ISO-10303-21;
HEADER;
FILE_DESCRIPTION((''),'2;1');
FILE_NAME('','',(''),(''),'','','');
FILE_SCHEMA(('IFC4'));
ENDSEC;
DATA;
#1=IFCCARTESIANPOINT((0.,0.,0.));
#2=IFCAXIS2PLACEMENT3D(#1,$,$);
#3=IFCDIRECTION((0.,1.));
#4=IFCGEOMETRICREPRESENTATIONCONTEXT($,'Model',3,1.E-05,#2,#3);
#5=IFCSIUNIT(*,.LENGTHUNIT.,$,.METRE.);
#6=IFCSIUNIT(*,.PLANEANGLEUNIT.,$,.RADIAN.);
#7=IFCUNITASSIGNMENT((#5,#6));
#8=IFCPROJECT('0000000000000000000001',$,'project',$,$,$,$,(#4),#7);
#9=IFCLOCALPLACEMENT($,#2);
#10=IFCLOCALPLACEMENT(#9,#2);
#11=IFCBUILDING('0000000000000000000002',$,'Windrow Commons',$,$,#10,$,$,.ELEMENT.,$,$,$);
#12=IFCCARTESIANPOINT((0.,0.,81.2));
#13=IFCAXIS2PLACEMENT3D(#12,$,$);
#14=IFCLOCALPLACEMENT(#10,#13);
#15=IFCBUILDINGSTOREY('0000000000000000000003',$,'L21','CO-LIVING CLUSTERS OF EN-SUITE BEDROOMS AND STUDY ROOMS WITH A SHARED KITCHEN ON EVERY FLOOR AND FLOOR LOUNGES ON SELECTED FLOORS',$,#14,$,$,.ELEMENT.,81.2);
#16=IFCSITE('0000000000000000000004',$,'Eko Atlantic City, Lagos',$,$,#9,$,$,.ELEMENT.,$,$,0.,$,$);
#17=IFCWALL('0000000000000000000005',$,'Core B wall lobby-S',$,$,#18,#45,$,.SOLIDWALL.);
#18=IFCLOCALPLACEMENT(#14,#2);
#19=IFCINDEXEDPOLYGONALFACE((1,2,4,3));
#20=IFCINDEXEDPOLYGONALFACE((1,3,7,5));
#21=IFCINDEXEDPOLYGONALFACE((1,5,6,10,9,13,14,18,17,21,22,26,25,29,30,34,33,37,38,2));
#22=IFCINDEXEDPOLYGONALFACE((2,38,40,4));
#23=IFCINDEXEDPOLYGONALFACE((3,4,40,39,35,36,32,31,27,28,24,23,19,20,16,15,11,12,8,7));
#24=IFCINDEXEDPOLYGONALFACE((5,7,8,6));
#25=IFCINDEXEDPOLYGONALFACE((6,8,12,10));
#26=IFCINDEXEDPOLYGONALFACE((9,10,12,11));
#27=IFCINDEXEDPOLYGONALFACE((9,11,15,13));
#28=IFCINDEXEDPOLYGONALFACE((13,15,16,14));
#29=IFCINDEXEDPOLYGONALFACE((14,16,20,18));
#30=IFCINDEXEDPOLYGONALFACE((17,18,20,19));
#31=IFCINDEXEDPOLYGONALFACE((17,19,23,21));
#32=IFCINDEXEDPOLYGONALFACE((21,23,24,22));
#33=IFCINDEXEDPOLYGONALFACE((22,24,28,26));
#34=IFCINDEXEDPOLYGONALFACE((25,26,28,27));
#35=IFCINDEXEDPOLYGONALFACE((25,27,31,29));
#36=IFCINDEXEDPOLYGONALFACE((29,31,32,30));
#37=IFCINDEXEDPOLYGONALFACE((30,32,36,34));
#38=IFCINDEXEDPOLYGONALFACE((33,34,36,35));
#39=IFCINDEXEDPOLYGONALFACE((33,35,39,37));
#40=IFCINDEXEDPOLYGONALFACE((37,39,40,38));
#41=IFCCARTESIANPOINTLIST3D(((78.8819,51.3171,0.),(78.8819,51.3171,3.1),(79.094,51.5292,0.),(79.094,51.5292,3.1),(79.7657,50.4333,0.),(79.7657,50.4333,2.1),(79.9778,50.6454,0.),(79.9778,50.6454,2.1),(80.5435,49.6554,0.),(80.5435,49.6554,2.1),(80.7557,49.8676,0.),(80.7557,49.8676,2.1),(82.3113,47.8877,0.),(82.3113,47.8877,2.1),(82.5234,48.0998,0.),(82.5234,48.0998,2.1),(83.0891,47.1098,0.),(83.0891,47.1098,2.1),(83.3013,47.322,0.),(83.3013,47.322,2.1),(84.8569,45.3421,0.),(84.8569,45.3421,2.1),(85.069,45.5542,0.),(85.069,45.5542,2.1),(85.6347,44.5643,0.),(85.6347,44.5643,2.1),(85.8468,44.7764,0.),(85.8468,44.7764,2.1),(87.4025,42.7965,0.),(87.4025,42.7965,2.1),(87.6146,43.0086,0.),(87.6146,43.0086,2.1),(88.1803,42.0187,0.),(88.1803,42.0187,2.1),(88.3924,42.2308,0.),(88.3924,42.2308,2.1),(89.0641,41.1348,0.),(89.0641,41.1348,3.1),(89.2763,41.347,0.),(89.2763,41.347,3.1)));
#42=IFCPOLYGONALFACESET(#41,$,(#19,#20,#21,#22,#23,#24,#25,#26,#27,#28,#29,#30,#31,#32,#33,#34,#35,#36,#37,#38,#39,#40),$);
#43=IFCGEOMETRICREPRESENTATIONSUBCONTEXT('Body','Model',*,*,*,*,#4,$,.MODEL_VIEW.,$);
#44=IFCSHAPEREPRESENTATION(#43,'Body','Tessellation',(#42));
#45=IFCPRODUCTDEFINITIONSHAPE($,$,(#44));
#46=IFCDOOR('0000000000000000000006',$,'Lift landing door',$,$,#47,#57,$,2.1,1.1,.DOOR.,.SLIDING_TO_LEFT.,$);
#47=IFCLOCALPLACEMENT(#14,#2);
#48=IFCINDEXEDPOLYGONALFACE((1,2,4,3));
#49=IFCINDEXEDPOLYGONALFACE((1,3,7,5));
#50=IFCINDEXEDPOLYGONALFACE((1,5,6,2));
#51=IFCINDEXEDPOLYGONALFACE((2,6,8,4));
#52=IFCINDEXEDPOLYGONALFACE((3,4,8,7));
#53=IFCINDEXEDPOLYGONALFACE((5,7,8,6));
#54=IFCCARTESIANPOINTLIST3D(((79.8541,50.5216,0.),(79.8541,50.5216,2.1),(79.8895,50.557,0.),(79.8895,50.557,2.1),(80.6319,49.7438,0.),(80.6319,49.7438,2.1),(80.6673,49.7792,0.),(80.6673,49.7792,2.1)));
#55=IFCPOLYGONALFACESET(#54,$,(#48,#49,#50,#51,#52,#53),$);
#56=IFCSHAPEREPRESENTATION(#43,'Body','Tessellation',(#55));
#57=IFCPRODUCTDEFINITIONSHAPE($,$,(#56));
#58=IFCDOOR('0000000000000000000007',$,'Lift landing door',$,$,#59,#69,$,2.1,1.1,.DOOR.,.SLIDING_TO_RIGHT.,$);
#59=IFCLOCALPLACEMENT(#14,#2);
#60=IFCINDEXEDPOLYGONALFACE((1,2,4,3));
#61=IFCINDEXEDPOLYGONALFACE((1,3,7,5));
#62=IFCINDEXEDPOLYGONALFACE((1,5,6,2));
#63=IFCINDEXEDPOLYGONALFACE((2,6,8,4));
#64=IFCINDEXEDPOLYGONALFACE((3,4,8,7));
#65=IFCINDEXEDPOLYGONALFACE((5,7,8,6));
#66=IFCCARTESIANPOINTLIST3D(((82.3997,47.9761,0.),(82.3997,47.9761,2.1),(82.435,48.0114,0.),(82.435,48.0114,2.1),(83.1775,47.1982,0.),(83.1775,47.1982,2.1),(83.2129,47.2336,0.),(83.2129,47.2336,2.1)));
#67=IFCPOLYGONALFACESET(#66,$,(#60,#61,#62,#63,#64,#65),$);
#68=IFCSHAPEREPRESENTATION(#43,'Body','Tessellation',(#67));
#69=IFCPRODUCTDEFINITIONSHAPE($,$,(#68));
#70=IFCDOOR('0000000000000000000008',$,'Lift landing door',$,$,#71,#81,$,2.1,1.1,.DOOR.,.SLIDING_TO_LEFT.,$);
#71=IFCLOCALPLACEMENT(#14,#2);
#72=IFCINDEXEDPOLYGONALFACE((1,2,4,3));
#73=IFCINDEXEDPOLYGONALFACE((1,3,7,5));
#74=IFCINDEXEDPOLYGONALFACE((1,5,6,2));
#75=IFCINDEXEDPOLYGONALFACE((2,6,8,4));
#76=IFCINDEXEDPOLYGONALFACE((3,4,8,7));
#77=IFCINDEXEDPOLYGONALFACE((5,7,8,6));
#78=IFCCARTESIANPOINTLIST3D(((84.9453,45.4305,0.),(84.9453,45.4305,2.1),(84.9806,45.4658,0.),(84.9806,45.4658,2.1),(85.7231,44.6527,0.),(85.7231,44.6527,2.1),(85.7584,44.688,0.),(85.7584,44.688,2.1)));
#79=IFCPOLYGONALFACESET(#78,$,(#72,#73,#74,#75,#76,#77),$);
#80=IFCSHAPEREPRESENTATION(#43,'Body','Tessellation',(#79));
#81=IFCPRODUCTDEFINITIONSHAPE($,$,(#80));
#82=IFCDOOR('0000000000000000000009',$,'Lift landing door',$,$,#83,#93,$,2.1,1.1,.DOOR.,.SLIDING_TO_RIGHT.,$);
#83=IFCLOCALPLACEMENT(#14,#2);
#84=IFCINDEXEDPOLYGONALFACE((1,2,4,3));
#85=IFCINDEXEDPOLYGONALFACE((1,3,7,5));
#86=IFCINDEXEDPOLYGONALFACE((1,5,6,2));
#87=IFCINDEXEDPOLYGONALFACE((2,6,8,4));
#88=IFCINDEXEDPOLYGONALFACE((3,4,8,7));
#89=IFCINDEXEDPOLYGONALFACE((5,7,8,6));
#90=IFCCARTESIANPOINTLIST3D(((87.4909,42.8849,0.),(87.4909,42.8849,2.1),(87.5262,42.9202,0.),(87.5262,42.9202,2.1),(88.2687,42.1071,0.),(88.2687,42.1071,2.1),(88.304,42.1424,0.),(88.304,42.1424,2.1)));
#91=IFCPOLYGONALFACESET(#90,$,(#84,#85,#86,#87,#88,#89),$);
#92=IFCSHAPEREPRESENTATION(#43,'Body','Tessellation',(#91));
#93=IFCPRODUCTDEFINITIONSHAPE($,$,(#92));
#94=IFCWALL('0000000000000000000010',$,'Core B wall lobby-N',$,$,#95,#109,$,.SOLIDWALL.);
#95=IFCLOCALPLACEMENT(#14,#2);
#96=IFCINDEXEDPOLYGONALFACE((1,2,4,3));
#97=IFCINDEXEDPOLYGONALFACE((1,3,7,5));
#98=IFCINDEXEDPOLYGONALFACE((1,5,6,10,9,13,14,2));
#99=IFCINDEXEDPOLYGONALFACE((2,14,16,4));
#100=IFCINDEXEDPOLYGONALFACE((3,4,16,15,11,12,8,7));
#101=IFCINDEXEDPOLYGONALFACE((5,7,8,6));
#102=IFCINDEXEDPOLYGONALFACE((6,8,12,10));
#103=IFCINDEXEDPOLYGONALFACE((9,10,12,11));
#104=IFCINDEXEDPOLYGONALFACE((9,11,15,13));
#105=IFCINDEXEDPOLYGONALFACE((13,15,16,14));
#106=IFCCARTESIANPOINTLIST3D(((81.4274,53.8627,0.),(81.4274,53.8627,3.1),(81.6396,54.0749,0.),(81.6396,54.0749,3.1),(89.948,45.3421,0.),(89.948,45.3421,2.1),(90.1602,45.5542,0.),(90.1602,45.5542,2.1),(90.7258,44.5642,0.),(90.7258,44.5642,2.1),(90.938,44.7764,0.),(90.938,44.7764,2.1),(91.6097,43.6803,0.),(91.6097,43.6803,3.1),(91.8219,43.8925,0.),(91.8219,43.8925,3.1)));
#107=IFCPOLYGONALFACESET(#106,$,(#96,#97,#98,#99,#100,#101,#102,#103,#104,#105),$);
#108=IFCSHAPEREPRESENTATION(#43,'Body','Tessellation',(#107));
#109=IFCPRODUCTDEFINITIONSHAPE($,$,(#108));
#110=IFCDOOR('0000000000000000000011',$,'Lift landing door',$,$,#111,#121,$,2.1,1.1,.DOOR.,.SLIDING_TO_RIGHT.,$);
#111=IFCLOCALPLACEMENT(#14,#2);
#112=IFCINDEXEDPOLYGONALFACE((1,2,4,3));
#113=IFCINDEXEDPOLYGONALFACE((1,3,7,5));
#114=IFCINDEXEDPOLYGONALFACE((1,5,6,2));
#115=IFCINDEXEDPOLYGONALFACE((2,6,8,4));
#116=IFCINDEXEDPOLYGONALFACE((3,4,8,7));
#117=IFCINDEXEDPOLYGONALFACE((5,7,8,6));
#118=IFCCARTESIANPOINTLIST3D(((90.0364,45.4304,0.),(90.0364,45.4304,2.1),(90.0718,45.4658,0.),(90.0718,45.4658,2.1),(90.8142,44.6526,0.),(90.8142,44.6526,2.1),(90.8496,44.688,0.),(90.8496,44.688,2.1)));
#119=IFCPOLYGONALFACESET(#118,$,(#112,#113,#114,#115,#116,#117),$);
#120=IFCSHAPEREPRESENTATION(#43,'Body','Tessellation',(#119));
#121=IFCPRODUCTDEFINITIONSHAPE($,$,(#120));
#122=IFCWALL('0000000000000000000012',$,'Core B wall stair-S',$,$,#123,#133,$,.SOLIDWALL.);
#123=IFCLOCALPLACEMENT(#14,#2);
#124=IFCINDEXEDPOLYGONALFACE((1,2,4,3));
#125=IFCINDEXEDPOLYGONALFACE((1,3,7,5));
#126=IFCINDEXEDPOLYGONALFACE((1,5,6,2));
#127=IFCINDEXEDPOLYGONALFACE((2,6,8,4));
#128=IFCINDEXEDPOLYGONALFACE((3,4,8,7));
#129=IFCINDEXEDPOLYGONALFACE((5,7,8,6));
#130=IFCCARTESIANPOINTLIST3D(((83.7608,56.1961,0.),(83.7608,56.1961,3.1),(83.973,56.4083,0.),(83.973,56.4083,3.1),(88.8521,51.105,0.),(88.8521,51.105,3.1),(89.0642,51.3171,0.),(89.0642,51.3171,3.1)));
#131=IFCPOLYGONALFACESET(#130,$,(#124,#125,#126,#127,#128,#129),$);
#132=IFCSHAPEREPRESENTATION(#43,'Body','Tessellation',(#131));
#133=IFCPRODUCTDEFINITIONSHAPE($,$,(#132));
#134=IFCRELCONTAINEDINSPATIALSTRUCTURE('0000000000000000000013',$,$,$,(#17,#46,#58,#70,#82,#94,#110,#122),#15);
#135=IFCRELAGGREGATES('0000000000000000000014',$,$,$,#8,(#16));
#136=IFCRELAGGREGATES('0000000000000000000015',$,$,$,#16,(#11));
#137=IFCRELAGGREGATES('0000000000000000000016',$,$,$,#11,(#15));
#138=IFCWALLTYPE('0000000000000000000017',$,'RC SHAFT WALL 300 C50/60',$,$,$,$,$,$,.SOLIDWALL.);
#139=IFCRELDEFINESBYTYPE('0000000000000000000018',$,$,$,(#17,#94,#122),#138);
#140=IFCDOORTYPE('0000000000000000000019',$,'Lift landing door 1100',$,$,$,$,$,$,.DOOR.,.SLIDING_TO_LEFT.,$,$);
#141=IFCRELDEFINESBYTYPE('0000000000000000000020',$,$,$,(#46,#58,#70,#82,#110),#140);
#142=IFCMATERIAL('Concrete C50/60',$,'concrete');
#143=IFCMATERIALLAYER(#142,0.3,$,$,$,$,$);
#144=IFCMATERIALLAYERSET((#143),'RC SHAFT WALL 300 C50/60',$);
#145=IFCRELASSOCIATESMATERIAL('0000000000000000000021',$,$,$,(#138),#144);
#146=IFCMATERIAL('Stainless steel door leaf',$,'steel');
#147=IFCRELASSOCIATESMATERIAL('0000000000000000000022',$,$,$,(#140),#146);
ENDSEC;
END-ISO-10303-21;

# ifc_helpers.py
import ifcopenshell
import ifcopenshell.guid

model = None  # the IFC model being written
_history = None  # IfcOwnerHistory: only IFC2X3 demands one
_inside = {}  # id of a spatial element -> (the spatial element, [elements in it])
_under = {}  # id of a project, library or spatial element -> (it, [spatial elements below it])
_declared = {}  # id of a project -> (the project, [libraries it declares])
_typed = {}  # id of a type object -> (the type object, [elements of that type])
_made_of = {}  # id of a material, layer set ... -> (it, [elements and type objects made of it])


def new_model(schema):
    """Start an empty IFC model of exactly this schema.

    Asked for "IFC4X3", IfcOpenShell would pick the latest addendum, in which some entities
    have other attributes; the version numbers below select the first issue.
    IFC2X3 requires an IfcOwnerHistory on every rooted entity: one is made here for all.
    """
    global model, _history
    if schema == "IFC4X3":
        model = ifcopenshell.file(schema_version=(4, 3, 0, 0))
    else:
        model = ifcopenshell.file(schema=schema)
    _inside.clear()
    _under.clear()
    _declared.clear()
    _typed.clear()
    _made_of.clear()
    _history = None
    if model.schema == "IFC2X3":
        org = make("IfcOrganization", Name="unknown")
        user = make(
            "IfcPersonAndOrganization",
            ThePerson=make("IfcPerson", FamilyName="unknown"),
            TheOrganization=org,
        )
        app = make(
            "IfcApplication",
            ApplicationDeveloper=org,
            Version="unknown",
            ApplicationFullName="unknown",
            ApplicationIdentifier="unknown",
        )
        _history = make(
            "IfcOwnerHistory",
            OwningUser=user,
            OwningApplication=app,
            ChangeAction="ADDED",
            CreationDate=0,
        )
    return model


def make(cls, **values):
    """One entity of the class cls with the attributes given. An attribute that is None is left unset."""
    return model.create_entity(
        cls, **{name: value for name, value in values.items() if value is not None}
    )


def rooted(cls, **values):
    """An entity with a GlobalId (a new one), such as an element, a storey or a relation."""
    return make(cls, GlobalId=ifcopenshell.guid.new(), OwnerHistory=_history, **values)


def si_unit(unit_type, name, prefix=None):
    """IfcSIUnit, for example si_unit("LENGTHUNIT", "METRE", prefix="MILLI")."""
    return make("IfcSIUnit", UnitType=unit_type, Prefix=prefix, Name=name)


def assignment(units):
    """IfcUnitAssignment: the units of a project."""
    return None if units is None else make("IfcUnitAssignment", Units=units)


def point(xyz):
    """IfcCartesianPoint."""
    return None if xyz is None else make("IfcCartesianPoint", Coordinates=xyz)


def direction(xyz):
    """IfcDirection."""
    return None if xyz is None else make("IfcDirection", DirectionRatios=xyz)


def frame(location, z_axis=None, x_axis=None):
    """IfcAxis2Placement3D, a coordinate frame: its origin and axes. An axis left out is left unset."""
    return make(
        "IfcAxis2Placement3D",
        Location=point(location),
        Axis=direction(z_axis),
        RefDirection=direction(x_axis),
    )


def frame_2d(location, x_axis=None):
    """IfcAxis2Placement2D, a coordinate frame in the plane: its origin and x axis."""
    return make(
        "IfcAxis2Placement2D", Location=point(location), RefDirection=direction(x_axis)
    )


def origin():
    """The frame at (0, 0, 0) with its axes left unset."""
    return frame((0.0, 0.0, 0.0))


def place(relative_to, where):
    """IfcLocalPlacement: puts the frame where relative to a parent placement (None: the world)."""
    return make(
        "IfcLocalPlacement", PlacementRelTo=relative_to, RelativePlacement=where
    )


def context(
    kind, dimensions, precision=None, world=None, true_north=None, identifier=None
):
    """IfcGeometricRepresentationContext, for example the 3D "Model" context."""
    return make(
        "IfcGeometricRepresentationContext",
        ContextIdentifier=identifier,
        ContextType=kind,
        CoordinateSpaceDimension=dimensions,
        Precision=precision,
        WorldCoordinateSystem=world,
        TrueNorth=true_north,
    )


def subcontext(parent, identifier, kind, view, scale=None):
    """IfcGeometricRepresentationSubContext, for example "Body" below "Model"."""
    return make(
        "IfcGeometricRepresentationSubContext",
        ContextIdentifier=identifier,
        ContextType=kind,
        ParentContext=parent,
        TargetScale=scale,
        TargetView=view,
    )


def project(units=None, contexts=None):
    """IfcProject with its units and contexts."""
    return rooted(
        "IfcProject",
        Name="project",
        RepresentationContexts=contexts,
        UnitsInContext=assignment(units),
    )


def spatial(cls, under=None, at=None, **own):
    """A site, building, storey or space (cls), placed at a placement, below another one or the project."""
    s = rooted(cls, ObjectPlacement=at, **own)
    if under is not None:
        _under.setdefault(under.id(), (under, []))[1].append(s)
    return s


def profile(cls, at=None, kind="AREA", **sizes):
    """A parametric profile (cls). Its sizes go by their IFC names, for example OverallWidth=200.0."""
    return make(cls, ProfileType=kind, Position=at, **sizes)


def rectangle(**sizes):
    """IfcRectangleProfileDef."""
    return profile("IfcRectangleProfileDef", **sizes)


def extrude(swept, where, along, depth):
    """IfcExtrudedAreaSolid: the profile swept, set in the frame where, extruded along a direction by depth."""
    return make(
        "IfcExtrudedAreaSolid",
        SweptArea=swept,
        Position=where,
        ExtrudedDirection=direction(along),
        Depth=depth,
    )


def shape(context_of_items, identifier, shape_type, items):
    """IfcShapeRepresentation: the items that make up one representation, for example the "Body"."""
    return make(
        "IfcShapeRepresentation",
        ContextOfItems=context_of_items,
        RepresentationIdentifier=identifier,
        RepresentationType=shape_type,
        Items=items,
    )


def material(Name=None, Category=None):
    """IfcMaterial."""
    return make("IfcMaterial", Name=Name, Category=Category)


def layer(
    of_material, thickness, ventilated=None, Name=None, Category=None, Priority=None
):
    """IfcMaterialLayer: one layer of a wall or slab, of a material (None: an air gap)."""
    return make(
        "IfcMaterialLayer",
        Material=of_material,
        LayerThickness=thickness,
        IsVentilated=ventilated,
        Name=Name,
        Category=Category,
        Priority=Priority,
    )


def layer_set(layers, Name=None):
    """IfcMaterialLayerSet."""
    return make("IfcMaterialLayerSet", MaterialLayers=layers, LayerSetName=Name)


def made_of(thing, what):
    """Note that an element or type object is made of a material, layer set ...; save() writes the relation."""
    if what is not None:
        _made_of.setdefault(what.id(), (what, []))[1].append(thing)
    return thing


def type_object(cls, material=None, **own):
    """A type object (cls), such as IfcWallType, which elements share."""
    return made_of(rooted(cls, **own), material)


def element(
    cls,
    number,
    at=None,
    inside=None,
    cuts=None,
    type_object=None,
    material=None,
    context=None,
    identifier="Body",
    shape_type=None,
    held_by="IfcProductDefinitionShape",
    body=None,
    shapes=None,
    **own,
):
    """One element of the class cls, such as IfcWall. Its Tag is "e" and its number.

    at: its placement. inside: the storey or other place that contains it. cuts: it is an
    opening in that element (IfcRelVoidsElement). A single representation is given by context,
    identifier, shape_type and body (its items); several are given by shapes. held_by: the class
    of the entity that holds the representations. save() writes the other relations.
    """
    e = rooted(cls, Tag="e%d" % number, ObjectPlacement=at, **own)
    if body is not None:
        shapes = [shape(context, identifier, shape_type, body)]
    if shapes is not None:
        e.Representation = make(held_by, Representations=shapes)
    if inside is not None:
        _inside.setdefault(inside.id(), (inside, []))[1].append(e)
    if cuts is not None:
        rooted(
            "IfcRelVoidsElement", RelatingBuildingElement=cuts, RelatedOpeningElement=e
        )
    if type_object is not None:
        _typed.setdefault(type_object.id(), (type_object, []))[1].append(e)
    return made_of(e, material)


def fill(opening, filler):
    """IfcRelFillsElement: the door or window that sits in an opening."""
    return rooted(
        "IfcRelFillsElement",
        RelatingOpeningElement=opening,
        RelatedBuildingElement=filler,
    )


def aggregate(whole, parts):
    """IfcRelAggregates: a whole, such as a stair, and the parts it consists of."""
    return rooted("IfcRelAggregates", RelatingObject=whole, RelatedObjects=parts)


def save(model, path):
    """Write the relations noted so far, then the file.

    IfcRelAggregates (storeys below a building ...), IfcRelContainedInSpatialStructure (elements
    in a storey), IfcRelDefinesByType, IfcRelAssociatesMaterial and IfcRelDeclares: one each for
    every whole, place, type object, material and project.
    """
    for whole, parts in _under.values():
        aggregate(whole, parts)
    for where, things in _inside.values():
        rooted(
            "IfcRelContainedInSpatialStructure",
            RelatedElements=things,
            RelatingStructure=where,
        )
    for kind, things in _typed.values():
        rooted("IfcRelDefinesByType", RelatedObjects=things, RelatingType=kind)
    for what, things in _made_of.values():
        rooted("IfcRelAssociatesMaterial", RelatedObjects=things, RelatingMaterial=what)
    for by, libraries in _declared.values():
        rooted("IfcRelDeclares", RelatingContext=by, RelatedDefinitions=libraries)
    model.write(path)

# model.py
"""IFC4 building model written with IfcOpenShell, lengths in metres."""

from ifc_helpers import new_model, si_unit, direction, frame, frame_2d, origin, place, context, subcontext, project, spatial, rectangle, extrude, material, layer, layer_set, type_object, element, fill, save


model = new_model("IFC4")

# Units and contexts
model_context = context("Model", 3, precision=1e-05, world=origin(), true_north=direction((0.0, 1.0)))
body_context = subcontext(model_context, "Body", "Model", "MODEL_VIEW")
ifc_project = project(units=[si_unit("LENGTHUNIT", "METRE"), si_unit("PLANEANGLEUNIT", "RADIAN")], contexts=[model_context])

# Site, building, storey
site_placement = place(None, origin())
site = spatial("IfcSite", under=ifc_project, at=site_placement, Name="Eko Atlantic City, Lagos", CompositionType="ELEMENT", RefElevation=0.0)
building_placement = place(site_placement, origin())
building = spatial("IfcBuilding", under=site, at=building_placement, Name="Windrow Commons", CompositionType="ELEMENT")
storey_placement = place(building_placement, frame((0.0, 0.0, 81.2)))
storey = spatial("IfcBuildingStorey", under=building, at=storey_placement, Name="L21", Description="CO-LIVING CLUSTERS OF EN-SUITE BEDROOMS AND STUDY ROOMS WITH A SHARED KITCHEN ON EVERY FLOOR AND FLOOR LOUNGES ON SELECTED FLOORS", CompositionType="ELEMENT", Elevation=81.2)

# Shared definitions
ifc_material_1 = material(Name="Concrete C50/60", Category="concrete")
ifc_layer_1 = layer(ifc_material_1, 0.3)
ifc_layer_set_1 = layer_set([ifc_layer_1], Name="RC SHAFT WALL 300 C50/60")
wall_type_1 = type_object("IfcWallType", Name="RC SHAFT WALL 300 C50/60", PredefinedType="SOLIDWALL", material=ifc_layer_set_1)

# Wall, openings, doors
wall_1_placement = place(storey_placement, frame((78.9879, 51.4232, 0.0), z_axis=(0.0, 0.0, 1.0), x_axis=(0.707107, -0.707107, 0.0)))
wall_1 = element("IfcWall", 1, at=wall_1_placement, inside=storey, type_object=wall_type_1, Name="Core B wall lobby-S", PredefinedType="SOLIDWALL", context=body_context, shape_type="SweptSolid", body=[
    extrude(rectangle(XDim=14.3999, YDim=0.3, at=frame_2d((7.2, 0.0))), origin(), (0.0, 0.0, 1.0), 3.1),
])
opening_1_placement = place(wall_1_placement, frame((1.25, 0.0, 0.0)))
opening_1 = element("IfcOpeningElement", 2, at=opening_1_placement, cuts=wall_1, PredefinedType="OPENING", context=body_context, shape_type="SweptSolid", body=[
    extrude(rectangle(XDim=1.1, YDim=2.1, at=frame_2d((0.55, 1.05))), frame((0.0, 0.16, 0.0), z_axis=(0.0, -1.0, 0.0), x_axis=(1.0, 0.0, 0.0)), (0.0, 0.0, 1.0), 0.32),
])
opening_2_placement = place(wall_1_placement, frame((4.85, 0.0, 0.0)))
opening_2 = element("IfcOpeningElement", 3, at=opening_2_placement, cuts=wall_1, PredefinedType="OPENING", context=body_context, shape_type="SweptSolid", body=[
    extrude(rectangle(XDim=1.1, YDim=2.1, at=frame_2d((0.55, 1.05))), frame((0.0, 0.16, 0.0), z_axis=(0.0, -1.0, 0.0), x_axis=(1.0, 0.0, 0.0)), (0.0, 0.0, 1.0), 0.32),
])
opening_3_placement = place(wall_1_placement, frame((8.45, 0.0, 0.0)))
opening_3 = element("IfcOpeningElement", 4, at=opening_3_placement, cuts=wall_1, PredefinedType="OPENING", context=body_context, shape_type="SweptSolid", body=[
    extrude(rectangle(XDim=1.1, YDim=2.1, at=frame_2d((0.55, 1.05))), frame((0.0, 0.16, 0.0), z_axis=(0.0, -1.0, 0.0), x_axis=(1.0, 0.0, 0.0)), (0.0, 0.0, 1.0), 0.32),
])
opening_4_placement = place(wall_1_placement, frame((12.05, 0.0, 0.0)))
opening_4 = element("IfcOpeningElement", 5, at=opening_4_placement, cuts=wall_1, PredefinedType="OPENING", context=body_context, shape_type="SweptSolid", body=[
    extrude(rectangle(XDim=1.1, YDim=2.1, at=frame_2d((0.55, 1.05))), frame((0.0, 0.16, 0.0), z_axis=(0.0, -1.0, 0.0), x_axis=(1.0, 0.0, 0.0)), (0.0, 0.0, 1.0), 0.32),
])
ifc_material_2 = material(Name="Stainless steel door leaf", Category="steel")
door_type_1 = type_object("IfcDoorType", Name="Lift landing door 1100", OperationType="SLIDING_TO_LEFT", PredefinedType="DOOR", material=ifc_material_2)
door_1_placement = place(opening_1_placement, origin())
door_1 = element("IfcDoor", 6, at=door_1_placement, inside=storey, type_object=door_type_1, Name="Lift landing door", OperationType="SLIDING_TO_LEFT", OverallHeight=2.1, OverallWidth=1.1, PredefinedType="DOOR", context=body_context, shape_type="SweptSolid", body=[
    extrude(rectangle(XDim=1.1, YDim=2.1, at=frame_2d((0.55, 1.05))), frame((0.0, 0.025, 0.0), z_axis=(0.0, -1.0, 0.0), x_axis=(1.0, 0.0, 0.0)), (0.0, 0.0, 1.0), 0.05),
])
fill(opening_1, door_1)
door_2_placement = place(opening_2_placement, origin())
door_2 = element("IfcDoor", 7, at=door_2_placement, inside=storey, type_object=door_type_1, Name="Lift landing door", OperationType="SLIDING_TO_RIGHT", OverallHeight=2.1, OverallWidth=1.1, PredefinedType="DOOR", context=body_context, shape_type="SweptSolid", body=[
    extrude(rectangle(XDim=1.1, YDim=2.1, at=frame_2d((0.55, 1.05))), frame((0.0, 0.025, 0.0), z_axis=(0.0, -1.0, 0.0), x_axis=(1.0, 0.0, 0.0)), (0.0, 0.0, 1.0), 0.05),
])
fill(opening_2, door_2)
door_3_placement = place(opening_3_placement, origin())
door_3 = element("IfcDoor", 8, at=door_3_placement, inside=storey, type_object=door_type_1, Name="Lift landing door", OperationType="SLIDING_TO_LEFT", OverallHeight=2.1, OverallWidth=1.1, PredefinedType="DOOR", context=body_context, shape_type="SweptSolid", body=[
    extrude(rectangle(XDim=1.1, YDim=2.1, at=frame_2d((0.55, 1.05))), frame((0.0, 0.025, 0.0), z_axis=(0.0, -1.0, 0.0), x_axis=(1.0, 0.0, 0.0)), (0.0, 0.0, 1.0), 0.05),
])
fill(opening_3, door_3)
door_4_placement = place(opening_4_placement, origin())
door_4 = element("IfcDoor", 9, at=door_4_placement, inside=storey, type_object=door_type_1, Name="Lift landing door", OperationType="SLIDING_TO_RIGHT", OverallHeight=2.1, OverallWidth=1.1, PredefinedType="DOOR", context=body_context, shape_type="SweptSolid", body=[
    extrude(rectangle(XDim=1.1, YDim=2.1, at=frame_2d((0.55, 1.05))), frame((0.0, 0.025, 0.0), z_axis=(0.0, -1.0, 0.0), x_axis=(1.0, 0.0, 0.0)), (0.0, 0.0, 1.0), 0.05),
])
fill(opening_4, door_4)

# Wall, opening, door
wall_2_placement = place(storey_placement, frame((81.5335, 53.9688, 0.0), z_axis=(0.0, 0.0, 1.0), x_axis=(0.707103, -0.70711, 0.0)))
wall_2 = element("IfcWall", 10, at=wall_2_placement, inside=storey, type_object=wall_type_1, Name="Core B wall lobby-N", PredefinedType="SOLIDWALL", context=body_context, shape_type="SweptSolid", body=[
    extrude(rectangle(XDim=14.4, YDim=0.3, at=frame_2d((7.2, 0.0))), origin(), (0.0, 0.0, 1.0), 3.1),
])
opening_5_placement = place(wall_2_placement, frame((12.05, 0.0, 0.0)))
opening_5 = element("IfcOpeningElement", 11, at=opening_5_placement, cuts=wall_2, PredefinedType="OPENING", context=body_context, shape_type="SweptSolid", body=[
    extrude(rectangle(XDim=1.1, YDim=2.1, at=frame_2d((0.55, 1.05))), frame((0.0, 0.16, 0.0), z_axis=(0.0, -1.0, 0.0), x_axis=(1.0, 0.0, 0.0)), (0.0, 0.0, 1.0), 0.32),
])
door_5_placement = place(opening_5_placement, origin())
door_5 = element("IfcDoor", 12, at=door_5_placement, inside=storey, type_object=door_type_1, Name="Lift landing door", OperationType="SLIDING_TO_RIGHT", OverallHeight=2.1, OverallWidth=1.1, PredefinedType="DOOR", context=body_context, shape_type="SweptSolid", body=[
    extrude(rectangle(XDim=1.1, YDim=2.1, at=frame_2d((0.55, 1.05))), frame((0.0, 0.025, 0.0), z_axis=(0.0, -1.0, 0.0), x_axis=(1.0, 0.0, 0.0)), (0.0, 0.0, 1.0), 0.05),
])
fill(opening_5, door_5)

# Wall
wall_3_placement = place(storey_placement, frame((83.8669, 56.3022, 0.0), z_axis=(0.0, 0.0, 1.0), x_axis=(0.707114, -0.7071, 0.0)))
element("IfcWall", 13, at=wall_3_placement, inside=storey, type_object=wall_type_1, Name="Core B wall stair-S", PredefinedType="SOLIDWALL", context=body_context, shape_type="SweptSolid", body=[
    extrude(rectangle(XDim=7.2, YDim=0.3, at=frame_2d((3.6, 0.0))), origin(), (0.0, 0.0, 1.0), 3.1),
])

save(model, "model.ifc")
